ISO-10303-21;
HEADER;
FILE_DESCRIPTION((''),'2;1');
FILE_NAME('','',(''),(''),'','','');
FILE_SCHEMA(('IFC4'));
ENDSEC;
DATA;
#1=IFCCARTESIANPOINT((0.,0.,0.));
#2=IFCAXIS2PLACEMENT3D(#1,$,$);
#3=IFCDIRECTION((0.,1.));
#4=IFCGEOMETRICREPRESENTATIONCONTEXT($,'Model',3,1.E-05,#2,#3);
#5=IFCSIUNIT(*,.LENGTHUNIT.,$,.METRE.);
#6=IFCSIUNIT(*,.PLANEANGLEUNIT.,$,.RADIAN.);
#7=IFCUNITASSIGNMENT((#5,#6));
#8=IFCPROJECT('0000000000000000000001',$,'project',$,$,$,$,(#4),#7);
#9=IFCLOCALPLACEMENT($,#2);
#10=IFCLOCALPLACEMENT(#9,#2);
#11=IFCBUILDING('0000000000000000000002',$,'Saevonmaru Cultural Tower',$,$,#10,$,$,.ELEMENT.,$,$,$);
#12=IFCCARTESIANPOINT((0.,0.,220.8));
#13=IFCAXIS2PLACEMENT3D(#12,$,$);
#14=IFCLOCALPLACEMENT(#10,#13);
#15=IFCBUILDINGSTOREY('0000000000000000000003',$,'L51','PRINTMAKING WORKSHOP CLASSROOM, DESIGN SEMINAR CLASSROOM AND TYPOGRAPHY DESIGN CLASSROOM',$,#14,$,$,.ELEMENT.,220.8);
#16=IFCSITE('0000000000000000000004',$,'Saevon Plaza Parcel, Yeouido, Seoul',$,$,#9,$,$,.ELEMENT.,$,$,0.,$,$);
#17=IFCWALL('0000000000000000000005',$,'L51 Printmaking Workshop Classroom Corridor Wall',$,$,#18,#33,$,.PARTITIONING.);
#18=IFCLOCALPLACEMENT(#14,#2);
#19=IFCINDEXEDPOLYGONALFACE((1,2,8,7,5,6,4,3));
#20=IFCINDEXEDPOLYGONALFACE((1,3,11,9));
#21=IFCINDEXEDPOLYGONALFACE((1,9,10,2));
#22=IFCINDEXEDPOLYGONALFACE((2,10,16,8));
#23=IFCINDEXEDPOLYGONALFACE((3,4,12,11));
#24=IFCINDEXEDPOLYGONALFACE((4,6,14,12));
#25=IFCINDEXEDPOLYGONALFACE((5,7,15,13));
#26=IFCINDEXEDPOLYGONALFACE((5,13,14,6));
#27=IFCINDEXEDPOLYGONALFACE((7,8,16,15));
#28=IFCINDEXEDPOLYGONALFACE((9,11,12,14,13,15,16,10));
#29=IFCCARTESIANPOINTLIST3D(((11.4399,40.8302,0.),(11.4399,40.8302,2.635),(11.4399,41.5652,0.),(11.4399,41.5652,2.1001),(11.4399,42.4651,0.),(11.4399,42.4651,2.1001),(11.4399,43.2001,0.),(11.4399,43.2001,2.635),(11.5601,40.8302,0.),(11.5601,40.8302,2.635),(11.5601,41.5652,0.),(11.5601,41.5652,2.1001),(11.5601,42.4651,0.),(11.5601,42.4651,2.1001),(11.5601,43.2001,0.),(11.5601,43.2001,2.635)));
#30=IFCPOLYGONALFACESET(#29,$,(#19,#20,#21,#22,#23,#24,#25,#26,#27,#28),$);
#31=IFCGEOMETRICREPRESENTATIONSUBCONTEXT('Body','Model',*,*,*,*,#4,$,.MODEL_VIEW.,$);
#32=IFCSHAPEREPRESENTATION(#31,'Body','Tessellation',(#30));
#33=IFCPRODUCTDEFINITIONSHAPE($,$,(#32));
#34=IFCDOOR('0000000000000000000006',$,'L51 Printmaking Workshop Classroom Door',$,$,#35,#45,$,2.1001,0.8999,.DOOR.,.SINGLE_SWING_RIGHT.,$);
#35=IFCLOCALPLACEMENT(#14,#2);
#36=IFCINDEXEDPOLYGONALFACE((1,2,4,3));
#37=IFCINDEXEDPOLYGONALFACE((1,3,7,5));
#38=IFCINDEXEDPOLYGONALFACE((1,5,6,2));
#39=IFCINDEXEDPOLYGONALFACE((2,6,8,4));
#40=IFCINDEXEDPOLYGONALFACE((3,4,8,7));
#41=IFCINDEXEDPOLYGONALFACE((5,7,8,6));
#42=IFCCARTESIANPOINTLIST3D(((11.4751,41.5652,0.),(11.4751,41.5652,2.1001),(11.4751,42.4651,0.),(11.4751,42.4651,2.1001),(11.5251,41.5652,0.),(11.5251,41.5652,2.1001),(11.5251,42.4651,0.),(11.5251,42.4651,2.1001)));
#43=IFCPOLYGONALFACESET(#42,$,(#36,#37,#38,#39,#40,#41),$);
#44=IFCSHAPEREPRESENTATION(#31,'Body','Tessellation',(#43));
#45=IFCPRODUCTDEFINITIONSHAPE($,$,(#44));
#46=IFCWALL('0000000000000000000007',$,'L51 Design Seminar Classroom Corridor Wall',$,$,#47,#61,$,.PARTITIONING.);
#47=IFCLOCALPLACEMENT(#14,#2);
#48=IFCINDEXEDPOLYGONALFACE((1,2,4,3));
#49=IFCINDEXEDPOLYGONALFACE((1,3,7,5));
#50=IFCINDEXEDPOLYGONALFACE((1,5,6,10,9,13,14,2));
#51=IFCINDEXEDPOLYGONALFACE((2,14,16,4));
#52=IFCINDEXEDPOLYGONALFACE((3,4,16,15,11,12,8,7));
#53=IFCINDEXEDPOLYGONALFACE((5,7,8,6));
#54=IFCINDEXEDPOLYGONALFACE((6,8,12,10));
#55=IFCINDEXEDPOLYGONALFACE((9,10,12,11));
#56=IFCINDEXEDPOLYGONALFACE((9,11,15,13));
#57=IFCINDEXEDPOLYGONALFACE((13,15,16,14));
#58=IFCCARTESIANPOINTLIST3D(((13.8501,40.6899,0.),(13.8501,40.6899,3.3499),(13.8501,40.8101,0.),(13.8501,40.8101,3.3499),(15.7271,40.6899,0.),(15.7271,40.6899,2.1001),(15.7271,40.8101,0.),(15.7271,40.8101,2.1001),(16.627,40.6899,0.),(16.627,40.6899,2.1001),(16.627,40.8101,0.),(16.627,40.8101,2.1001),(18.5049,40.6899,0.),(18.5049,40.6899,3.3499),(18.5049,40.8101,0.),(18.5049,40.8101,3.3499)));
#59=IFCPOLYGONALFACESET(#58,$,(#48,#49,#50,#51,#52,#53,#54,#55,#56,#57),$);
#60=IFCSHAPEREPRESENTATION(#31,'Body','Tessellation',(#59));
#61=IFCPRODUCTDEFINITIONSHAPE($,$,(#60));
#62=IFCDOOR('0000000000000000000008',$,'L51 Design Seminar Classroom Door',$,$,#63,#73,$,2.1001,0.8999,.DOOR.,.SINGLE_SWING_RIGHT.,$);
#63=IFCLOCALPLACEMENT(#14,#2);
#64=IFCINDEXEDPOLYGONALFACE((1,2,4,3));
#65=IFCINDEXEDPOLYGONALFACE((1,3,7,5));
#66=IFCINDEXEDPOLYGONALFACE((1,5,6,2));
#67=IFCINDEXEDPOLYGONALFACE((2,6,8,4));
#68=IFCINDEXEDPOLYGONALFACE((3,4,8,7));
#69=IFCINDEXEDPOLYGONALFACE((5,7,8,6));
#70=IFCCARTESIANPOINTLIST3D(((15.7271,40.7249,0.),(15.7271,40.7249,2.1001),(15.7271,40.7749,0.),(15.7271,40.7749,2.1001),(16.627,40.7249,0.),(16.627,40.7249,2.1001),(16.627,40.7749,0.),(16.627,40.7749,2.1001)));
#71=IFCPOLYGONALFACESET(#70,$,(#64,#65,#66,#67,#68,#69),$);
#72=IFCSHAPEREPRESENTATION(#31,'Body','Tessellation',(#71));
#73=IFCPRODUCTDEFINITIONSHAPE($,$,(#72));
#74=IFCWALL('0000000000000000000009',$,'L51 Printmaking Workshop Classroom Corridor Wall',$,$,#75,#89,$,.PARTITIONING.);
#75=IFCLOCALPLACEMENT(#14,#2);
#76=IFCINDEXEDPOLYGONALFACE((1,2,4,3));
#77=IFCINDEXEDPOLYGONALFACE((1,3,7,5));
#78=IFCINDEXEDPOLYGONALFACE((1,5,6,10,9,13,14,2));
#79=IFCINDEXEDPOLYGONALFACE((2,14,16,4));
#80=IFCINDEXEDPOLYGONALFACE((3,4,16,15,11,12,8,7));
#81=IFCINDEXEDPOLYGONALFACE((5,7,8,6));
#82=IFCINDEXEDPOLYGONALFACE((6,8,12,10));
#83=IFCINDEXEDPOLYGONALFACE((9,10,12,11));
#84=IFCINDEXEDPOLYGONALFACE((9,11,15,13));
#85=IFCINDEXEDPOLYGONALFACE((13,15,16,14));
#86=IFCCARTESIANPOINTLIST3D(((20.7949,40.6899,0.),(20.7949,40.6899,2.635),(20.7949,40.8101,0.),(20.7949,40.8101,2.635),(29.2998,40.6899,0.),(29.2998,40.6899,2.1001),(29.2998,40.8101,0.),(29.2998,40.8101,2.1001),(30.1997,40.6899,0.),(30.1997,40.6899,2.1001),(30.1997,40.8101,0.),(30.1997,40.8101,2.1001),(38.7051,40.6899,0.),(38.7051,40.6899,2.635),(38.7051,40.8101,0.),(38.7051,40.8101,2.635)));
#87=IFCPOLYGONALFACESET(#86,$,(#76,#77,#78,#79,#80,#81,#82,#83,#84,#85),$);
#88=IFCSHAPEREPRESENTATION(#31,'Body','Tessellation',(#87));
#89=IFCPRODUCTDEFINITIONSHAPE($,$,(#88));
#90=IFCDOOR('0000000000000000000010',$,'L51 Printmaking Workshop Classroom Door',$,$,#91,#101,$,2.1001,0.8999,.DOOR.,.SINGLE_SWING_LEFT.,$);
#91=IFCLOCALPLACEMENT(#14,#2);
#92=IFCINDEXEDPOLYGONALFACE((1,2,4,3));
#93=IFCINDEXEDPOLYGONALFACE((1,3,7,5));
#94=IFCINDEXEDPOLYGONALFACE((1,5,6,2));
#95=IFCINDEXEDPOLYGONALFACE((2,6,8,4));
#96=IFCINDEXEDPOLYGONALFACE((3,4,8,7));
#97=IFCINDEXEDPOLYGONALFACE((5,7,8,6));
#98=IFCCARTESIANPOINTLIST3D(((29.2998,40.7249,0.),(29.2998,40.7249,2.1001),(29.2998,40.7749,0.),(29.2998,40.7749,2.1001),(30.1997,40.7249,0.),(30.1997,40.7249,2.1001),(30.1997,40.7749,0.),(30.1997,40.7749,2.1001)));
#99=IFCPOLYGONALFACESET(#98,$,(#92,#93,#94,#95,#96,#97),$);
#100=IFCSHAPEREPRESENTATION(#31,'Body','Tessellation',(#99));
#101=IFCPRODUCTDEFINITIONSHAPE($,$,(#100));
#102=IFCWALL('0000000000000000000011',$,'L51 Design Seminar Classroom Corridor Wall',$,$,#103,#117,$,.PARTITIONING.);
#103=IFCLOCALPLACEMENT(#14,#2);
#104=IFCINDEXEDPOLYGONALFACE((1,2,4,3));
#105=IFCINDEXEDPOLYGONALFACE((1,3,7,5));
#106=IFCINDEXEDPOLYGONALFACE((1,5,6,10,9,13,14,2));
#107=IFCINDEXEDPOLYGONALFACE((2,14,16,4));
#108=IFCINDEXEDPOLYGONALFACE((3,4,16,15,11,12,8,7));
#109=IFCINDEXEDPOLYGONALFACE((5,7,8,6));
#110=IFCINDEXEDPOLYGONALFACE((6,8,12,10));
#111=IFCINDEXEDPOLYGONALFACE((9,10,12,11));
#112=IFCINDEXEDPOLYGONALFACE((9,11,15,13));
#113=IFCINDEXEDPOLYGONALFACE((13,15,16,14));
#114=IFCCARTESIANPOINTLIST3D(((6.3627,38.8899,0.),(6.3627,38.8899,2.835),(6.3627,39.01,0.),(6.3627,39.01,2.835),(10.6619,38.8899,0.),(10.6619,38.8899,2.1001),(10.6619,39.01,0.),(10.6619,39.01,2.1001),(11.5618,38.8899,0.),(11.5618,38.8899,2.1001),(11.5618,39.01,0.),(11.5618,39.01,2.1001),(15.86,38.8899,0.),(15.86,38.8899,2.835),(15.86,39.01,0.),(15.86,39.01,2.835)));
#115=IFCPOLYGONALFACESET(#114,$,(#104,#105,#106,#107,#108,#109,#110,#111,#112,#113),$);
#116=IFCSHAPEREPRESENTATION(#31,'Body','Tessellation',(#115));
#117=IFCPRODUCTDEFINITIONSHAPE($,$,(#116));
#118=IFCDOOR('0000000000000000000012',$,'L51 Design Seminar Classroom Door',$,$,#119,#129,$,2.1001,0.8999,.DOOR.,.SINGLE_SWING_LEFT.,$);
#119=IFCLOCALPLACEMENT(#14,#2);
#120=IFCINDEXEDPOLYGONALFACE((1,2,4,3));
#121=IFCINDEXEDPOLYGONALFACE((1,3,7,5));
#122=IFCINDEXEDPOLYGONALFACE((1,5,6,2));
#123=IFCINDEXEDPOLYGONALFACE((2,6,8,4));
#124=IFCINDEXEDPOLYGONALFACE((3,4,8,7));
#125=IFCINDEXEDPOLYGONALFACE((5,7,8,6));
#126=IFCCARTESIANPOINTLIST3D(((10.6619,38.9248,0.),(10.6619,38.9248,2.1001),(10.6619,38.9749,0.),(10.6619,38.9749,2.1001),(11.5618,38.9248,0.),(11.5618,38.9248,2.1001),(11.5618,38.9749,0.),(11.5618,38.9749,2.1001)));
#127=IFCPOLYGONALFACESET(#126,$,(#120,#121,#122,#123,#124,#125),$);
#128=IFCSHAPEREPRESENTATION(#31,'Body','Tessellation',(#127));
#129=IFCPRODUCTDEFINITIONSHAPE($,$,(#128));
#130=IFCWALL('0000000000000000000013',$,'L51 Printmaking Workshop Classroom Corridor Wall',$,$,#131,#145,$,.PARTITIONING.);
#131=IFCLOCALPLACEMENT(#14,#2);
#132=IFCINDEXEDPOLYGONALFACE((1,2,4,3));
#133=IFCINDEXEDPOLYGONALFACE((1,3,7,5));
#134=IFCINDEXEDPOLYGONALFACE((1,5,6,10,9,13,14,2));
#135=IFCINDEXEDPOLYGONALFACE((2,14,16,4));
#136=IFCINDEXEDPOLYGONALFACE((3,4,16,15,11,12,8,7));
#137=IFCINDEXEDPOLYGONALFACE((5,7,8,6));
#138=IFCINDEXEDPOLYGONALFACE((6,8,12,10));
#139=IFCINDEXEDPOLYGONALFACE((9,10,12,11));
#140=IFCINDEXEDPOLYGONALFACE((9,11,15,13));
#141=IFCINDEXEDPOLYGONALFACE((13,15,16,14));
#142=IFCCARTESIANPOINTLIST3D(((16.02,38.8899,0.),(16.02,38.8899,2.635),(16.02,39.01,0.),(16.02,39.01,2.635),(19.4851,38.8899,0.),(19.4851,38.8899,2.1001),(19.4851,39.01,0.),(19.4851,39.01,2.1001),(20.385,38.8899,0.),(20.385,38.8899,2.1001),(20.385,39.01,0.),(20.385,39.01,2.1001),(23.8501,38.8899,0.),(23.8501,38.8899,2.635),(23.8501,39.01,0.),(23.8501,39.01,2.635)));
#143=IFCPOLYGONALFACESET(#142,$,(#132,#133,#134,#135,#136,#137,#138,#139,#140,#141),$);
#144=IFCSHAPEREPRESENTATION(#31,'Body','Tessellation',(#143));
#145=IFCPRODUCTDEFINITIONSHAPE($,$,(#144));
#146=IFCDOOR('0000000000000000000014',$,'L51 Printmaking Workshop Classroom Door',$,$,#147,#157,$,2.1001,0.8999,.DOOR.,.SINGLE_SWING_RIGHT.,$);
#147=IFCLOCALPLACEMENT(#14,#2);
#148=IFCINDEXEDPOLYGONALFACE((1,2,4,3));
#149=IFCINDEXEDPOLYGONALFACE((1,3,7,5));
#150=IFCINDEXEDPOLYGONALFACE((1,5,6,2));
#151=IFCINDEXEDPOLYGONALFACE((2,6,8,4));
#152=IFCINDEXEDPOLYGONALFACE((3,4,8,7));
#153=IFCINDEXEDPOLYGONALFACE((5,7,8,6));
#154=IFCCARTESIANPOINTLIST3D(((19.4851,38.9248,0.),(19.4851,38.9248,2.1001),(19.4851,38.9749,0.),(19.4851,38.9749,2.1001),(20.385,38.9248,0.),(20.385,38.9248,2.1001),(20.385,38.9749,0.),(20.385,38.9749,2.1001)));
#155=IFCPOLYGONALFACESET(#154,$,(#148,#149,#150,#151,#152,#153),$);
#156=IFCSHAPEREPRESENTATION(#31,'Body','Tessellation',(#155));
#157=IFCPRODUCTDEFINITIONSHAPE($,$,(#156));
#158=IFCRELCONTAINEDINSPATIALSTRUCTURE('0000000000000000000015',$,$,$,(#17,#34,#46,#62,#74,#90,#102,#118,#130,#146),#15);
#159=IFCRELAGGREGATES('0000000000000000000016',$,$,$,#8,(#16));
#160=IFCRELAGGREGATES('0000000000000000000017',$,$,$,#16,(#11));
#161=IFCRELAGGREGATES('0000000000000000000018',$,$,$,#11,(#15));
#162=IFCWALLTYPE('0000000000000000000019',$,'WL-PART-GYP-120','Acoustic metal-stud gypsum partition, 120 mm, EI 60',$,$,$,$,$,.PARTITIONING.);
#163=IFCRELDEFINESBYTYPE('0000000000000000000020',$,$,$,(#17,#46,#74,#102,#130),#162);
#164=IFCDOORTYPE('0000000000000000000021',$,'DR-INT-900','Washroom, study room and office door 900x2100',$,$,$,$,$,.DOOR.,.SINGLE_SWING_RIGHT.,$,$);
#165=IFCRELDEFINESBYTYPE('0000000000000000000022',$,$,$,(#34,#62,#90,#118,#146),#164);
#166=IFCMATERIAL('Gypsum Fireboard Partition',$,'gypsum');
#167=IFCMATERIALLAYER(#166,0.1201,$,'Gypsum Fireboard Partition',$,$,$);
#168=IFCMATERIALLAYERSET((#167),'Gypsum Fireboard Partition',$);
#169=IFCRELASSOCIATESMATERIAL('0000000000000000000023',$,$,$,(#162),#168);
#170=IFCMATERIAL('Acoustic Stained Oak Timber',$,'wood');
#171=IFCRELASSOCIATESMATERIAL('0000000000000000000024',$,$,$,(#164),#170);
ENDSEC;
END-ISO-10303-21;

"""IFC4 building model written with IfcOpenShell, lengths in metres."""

from ifc_helpers import new_model, si_unit, direction, frame, frame_2d, origin, place, context, subcontext, project, spatial, rectangle, extrude, material, layer, layer_set, type_object, element, fill, save


model = new_model("IFC4")

# Units and contexts
model_context = context("Model", 3, precision=1e-05, world=origin(), true_north=direction((0.0, 1.0)))
body_context = subcontext(model_context, "Body", "Model", "MODEL_VIEW")
ifc_project = project(units=[si_unit("LENGTHUNIT", "METRE"), si_unit("PLANEANGLEUNIT", "RADIAN")], contexts=[model_context])

# Site, building, storey
site_placement = place(None, origin())
site = spatial("IfcSite", under=ifc_project, at=site_placement, Name="Saevon Plaza Parcel, Yeouido, Seoul", CompositionType="ELEMENT", RefElevation=0.0)
building_placement = place(site_placement, origin())
building = spatial("IfcBuilding", under=site, at=building_placement, Name="Saevonmaru Cultural Tower", CompositionType="ELEMENT")
storey_placement = place(building_placement, frame((0.0, 0.0, 220.8)))
storey = spatial("IfcBuildingStorey", under=building, at=storey_placement, Name="L51", Description="PRINTMAKING WORKSHOP CLASSROOM, DESIGN SEMINAR CLASSROOM AND TYPOGRAPHY DESIGN CLASSROOM", CompositionType="ELEMENT", Elevation=220.8)

# Shared definitions
ifc_material_1 = material(Name="Gypsum Fireboard Partition", Category="gypsum")
ifc_layer_1 = layer(ifc_material_1, 0.1201, Name="Gypsum Fireboard Partition")
ifc_layer_set_1 = layer_set([ifc_layer_1], Name="Gypsum Fireboard Partition")
wall_type_1 = type_object("IfcWallType", Name="WL-PART-GYP-120", Description="Acoustic metal-stud gypsum partition, 120 mm, EI 60", PredefinedType="PARTITIONING", material=ifc_layer_set_1)

# Walls, openings, doors
ifc_material_2 = material(Name="Acoustic Stained Oak Timber", Category="wood")
door_type = type_object("IfcDoorType", Name="DR-INT-900", Description="Washroom, study room and office door 900x2100", OperationType="SINGLE_SWING_RIGHT", PredefinedType="DOOR", material=ifc_material_2)
wall_1_placement = place(storey_placement, frame((11.5, 40.8301, 0.0), z_axis=(0.0, 0.0, 1.0), x_axis=(0.0, 1.0, 0.0)))
wall_1 = element("IfcWall", 1, at=wall_1_placement, inside=storey, type_object=wall_type_1, Name="L51 Printmaking Workshop Classroom Corridor Wall", PredefinedType="PARTITIONING", context=body_context, shape_type="SweptSolid", body=[
    extrude(rectangle(XDim=2.3699, YDim=0.1201, at=frame_2d((1.1851, 0.0))), origin(), (0.0, 0.0, 1.0), 2.635),
])
opening_1_placement = place(wall_1_placement, frame((0.7351, 0.0, 0.0)))
opening_1 = element("IfcOpeningElement", 2, at=opening_1_placement, cuts=wall_1, PredefinedType="OPENING", context=body_context, shape_type="SweptSolid", body=[
    extrude(rectangle(XDim=0.8999, YDim=2.1001, at=frame_2d((0.45, 1.05))), frame((0.0, 0.0701, 0.0), z_axis=(0.0, -1.0, 0.0), x_axis=(1.0, 0.0, 0.0)), (0.0, 0.0, 1.0), 0.1401),
])
door_1_placement = place(opening_1_placement, origin())
door_1 = element("IfcDoor", 3, at=door_1_placement, inside=storey, type_object=door_type, Name="L51 Printmaking Workshop Classroom Door", OperationType="SINGLE_SWING_RIGHT", OverallHeight=2.1001, OverallWidth=0.8999, PredefinedType="DOOR", context=body_context, shape_type="SweptSolid", body=[
    extrude(rectangle(XDim=0.8999, YDim=2.1001, at=frame_2d((0.45, 1.05))), frame((0.0, 0.0249, 0.0), z_axis=(0.0, -1.0, 0.0), x_axis=(1.0, 0.0, 0.0)), (0.0, 0.0, 1.0), 0.05),
])
fill(opening_1, door_1)
wall_2_placement = place(storey_placement, frame((13.8501, 40.75, 0.0), z_axis=(0.0, 0.0, 1.0), x_axis=(1.0, 0.0, 0.0)))
wall_2 = element("IfcWall", 4, at=wall_2_placement, inside=storey, type_object=wall_type_1, Name="L51 Design Seminar Classroom Corridor Wall", PredefinedType="PARTITIONING", context=body_context, shape_type="SweptSolid", body=[
    extrude(rectangle(XDim=4.6548, YDim=0.1201, at=frame_2d((2.3274, 0.0))), origin(), (0.0, 0.0, 1.0), 3.3499),
])
opening_2_placement = place(wall_2_placement, frame((1.877, 0.0, 0.0)))
opening_2 = element("IfcOpeningElement", 5, at=opening_2_placement, cuts=wall_2, PredefinedType="OPENING", context=body_context, shape_type="SweptSolid", body=[
    extrude(rectangle(XDim=0.8999, YDim=2.1001, at=frame_2d((0.45, 1.05))), frame((0.0, 0.0701, 0.0), z_axis=(0.0, -1.0, 0.0), x_axis=(1.0, 0.0, 0.0)), (0.0, 0.0, 1.0), 0.1401),
])
door_2_placement = place(opening_2_placement, origin())
door_2 = element("IfcDoor", 6, at=door_2_placement, inside=storey, type_object=door_type, Name="L51 Design Seminar Classroom Door", OperationType="SINGLE_SWING_RIGHT", OverallHeight=2.1001, OverallWidth=0.8999, PredefinedType="DOOR", context=body_context, shape_type="SweptSolid", body=[
    extrude(rectangle(XDim=0.8999, YDim=2.1001, at=frame_2d((0.45, 1.05))), frame((0.0, 0.0249, 0.0), z_axis=(0.0, -1.0, 0.0), x_axis=(1.0, 0.0, 0.0)), (0.0, 0.0, 1.0), 0.05),
])
fill(opening_2, door_2)
wall_3_placement = place(storey_placement, frame((20.7949, 40.75, 0.0), z_axis=(0.0, 0.0, 1.0), x_axis=(1.0, 0.0, 0.0)))
wall_3 = element("IfcWall", 7, at=wall_3_placement, inside=storey, type_object=wall_type_1, Name="L51 Printmaking Workshop Classroom Corridor Wall", PredefinedType="PARTITIONING", context=body_context, shape_type="SweptSolid", body=[
    extrude(rectangle(XDim=17.9102, YDim=0.1201, at=frame_2d((8.9551, 0.0))), origin(), (0.0, 0.0, 1.0), 2.635),
])
opening_3_placement = place(wall_3_placement, frame((8.5049, 0.0, 0.0)))
opening_3 = element("IfcOpeningElement", 8, at=opening_3_placement, cuts=wall_3, PredefinedType="OPENING", context=body_context, shape_type="SweptSolid", body=[
    extrude(rectangle(XDim=0.8999, YDim=2.1001, at=frame_2d((0.45, 1.05))), frame((0.0, 0.0701, 0.0), z_axis=(0.0, -1.0, 0.0), x_axis=(1.0, 0.0, 0.0)), (0.0, 0.0, 1.0), 0.1401),
])
door_3_placement = place(opening_3_placement, origin())
door_3 = element("IfcDoor", 9, at=door_3_placement, inside=storey, type_object=door_type, Name="L51 Printmaking Workshop Classroom Door", OperationType="SINGLE_SWING_LEFT", OverallHeight=2.1001, OverallWidth=0.8999, PredefinedType="DOOR", context=body_context, shape_type="SweptSolid", body=[
    extrude(rectangle(XDim=0.8999, YDim=2.1001, at=frame_2d((0.45, 1.05))), frame((0.0, 0.0249, 0.0), z_axis=(0.0, -1.0, 0.0), x_axis=(1.0, 0.0, 0.0)), (0.0, 0.0, 1.0), 0.05),
])
fill(opening_3, door_3)
wall_4_placement = place(storey_placement, frame((6.3628, 38.95, 0.0), z_axis=(0.0, 0.0, 1.0), x_axis=(1.0, 0.0, 0.0)))
wall_4 = element("IfcWall", 10, at=wall_4_placement, inside=storey, type_object=wall_type_1, Name="L51 Design Seminar Classroom Corridor Wall", PredefinedType="PARTITIONING", context=body_context, shape_type="SweptSolid", body=[
    extrude(rectangle(XDim=9.4973, YDim=0.1201, at=frame_2d((4.7485, 0.0))), origin(), (0.0, 0.0, 1.0), 2.835),
])
opening_4_placement = place(wall_4_placement, frame((4.2991, 0.0, 0.0)))
opening_4 = element("IfcOpeningElement", 11, at=opening_4_placement, cuts=wall_4, PredefinedType="OPENING", context=body_context, shape_type="SweptSolid", body=[
    extrude(rectangle(XDim=0.8999, YDim=2.1001, at=frame_2d((0.45, 1.05))), frame((0.0, 0.0701, 0.0), z_axis=(0.0, -1.0, 0.0), x_axis=(1.0, 0.0, 0.0)), (0.0, 0.0, 1.0), 0.1401),
])
door_4_placement = place(opening_4_placement, origin())
door_4 = element("IfcDoor", 12, at=door_4_placement, inside=storey, type_object=door_type, Name="L51 Design Seminar Classroom Door", OperationType="SINGLE_SWING_LEFT", OverallHeight=2.1001, OverallWidth=0.8999, PredefinedType="DOOR", context=body_context, shape_type="SweptSolid", body=[
    extrude(rectangle(XDim=0.8999, YDim=2.1001, at=frame_2d((0.45, 1.05))), frame((0.0, 0.0249, 0.0), z_axis=(0.0, -1.0, 0.0), x_axis=(1.0, 0.0, 0.0)), (0.0, 0.0, 1.0), 0.05),
])
fill(opening_4, door_4)
wall_5_placement = place(storey_placement, frame((16.02, 38.95, 0.0), z_axis=(0.0, 0.0, 1.0), x_axis=(1.0, 0.0, 0.0)))
wall_5 = element("IfcWall", 13, at=wall_5_placement, inside=storey, type_object=wall_type_1, Name="L51 Printmaking Workshop Classroom Corridor Wall", PredefinedType="PARTITIONING", context=body_context, shape_type="SweptSolid", body=[
    extrude(rectangle(XDim=7.8301, YDim=0.1201, at=frame_2d((3.915, 0.0))), origin(), (0.0, 0.0, 1.0), 2.635),
])
opening_5_placement = place(wall_5_placement, frame((3.4651, 0.0, 0.0)))
opening_5 = element("IfcOpeningElement", 14, at=opening_5_placement, cuts=wall_5, PredefinedType="OPENING", context=body_context, shape_type="SweptSolid", body=[
    extrude(rectangle(XDim=0.8999, YDim=2.1001, at=frame_2d((0.45, 1.05))), frame((0.0, 0.0701, 0.0), z_axis=(0.0, -1.0, 0.0), x_axis=(1.0, 0.0, 0.0)), (0.0, 0.0, 1.0), 0.1401),
])
door_5_placement = place(opening_5_placement, origin())
door_5 = element("IfcDoor", 15, at=door_5_placement, inside=storey, type_object=door_type, Name="L51 Printmaking Workshop Classroom Door", OperationType="SINGLE_SWING_RIGHT", OverallHeight=2.1001, OverallWidth=0.8999, PredefinedType="DOOR", context=body_context, shape_type="SweptSolid", body=[
    extrude(rectangle(XDim=0.8999, YDim=2.1001, at=frame_2d((0.45, 1.05))), frame((0.0, 0.0249, 0.0), z_axis=(0.0, -1.0, 0.0), x_axis=(1.0, 0.0, 0.0)), (0.0, 0.0, 1.0), 0.05),
])
fill(opening_5, door_5)

save(model, "model.ifc")
